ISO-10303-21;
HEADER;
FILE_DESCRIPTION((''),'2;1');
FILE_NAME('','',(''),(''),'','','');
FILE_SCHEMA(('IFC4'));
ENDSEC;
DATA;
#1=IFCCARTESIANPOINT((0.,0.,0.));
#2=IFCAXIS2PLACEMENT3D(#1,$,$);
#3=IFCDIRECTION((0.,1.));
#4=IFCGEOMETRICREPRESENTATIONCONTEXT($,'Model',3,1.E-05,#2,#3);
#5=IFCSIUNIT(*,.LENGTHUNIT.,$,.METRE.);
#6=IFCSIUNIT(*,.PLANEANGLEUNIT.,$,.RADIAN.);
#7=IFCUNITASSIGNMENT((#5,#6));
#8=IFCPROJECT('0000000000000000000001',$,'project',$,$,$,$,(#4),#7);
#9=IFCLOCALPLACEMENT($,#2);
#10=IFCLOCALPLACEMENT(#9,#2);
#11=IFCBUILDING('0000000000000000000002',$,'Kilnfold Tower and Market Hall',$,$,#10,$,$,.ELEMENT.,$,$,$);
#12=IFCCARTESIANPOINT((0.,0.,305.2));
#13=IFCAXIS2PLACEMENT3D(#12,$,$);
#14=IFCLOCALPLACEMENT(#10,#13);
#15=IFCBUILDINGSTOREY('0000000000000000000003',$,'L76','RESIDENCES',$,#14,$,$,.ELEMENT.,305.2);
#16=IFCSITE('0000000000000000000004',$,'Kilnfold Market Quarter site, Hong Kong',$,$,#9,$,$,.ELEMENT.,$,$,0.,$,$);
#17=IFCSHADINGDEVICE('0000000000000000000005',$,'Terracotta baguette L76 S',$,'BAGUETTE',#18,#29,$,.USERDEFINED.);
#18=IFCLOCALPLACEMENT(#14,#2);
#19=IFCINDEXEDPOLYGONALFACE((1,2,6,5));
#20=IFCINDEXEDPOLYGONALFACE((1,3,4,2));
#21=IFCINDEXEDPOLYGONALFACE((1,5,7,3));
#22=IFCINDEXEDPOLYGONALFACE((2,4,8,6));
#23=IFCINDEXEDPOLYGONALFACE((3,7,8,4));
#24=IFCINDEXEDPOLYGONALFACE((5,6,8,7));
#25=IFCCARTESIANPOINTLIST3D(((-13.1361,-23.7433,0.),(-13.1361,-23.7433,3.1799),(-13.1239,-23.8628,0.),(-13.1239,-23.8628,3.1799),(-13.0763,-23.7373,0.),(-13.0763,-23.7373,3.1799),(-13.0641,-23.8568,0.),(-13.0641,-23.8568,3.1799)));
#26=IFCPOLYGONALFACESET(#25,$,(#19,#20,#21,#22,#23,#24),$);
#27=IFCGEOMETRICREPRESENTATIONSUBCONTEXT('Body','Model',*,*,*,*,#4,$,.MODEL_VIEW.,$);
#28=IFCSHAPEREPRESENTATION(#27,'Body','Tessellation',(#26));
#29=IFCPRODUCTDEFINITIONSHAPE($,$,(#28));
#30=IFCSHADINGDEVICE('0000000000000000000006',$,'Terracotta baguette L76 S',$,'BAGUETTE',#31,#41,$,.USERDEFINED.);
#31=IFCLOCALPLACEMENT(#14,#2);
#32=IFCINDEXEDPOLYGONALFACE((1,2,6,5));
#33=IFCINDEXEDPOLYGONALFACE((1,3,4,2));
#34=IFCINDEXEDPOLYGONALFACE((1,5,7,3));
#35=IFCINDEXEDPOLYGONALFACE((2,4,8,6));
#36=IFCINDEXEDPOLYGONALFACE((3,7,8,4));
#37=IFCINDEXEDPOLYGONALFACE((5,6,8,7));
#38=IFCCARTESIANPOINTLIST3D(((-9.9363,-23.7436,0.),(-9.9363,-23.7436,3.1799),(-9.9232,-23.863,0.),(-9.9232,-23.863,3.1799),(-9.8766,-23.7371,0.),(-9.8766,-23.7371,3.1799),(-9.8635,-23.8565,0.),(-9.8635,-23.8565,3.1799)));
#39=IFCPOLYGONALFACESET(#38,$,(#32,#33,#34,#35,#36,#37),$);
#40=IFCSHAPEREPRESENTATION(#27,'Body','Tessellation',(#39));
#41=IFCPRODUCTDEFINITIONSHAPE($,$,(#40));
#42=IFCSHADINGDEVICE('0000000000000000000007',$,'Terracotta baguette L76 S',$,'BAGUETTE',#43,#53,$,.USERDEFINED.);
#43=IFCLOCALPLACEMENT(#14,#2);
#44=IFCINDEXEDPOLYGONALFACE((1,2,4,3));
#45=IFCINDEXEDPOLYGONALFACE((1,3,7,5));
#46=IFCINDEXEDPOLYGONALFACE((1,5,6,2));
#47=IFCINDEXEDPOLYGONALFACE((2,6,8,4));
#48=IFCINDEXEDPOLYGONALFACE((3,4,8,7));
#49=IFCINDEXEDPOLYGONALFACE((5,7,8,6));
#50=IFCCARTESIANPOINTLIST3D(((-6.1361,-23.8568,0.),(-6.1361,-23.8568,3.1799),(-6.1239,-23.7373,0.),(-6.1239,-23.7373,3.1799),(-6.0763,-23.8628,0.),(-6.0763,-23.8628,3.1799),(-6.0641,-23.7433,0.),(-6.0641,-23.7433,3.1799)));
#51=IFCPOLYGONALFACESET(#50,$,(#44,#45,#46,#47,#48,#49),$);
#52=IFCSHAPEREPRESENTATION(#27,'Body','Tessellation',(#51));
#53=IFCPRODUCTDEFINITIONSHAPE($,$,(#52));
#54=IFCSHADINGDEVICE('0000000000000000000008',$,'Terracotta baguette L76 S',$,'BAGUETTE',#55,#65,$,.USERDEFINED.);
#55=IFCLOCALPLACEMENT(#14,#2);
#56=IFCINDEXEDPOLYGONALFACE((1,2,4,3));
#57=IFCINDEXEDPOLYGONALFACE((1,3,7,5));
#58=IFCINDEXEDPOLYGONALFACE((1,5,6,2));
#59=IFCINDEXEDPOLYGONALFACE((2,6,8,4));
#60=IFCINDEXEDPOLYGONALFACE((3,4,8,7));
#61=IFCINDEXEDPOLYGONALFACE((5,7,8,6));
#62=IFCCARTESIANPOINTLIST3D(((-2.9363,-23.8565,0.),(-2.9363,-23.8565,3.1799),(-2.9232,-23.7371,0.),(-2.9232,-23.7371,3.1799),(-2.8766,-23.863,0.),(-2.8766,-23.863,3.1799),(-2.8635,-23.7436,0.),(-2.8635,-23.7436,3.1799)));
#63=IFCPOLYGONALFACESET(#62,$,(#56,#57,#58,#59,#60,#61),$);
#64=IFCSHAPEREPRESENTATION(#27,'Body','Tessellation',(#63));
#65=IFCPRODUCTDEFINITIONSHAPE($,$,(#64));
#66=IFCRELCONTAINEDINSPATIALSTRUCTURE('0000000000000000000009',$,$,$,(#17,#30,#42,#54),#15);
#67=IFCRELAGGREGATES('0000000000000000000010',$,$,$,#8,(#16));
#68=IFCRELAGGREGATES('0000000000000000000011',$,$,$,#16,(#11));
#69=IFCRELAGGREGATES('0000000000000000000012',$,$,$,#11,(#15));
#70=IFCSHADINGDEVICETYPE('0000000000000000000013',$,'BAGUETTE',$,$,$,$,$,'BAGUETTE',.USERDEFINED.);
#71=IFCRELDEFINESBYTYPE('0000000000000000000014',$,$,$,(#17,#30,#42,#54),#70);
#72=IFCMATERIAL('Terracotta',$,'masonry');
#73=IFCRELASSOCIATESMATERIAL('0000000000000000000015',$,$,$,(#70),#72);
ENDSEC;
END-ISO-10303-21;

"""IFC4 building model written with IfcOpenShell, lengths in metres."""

from ifc_helpers import new_model, si_unit, direction, frame, origin, origin_2d, place, context, subcontext, project, spatial, rectangle, extrude, source, transform, mapped, material, material_profile, profile_set, type_object, element, save


model = new_model("IFC4")

# Units and contexts
model_context = context("Model", 3, precision=1e-05, world=origin(), true_north=direction((0.0, 1.0)))
body_context = subcontext(model_context, "Body", "Model", "MODEL_VIEW")
ifc_project = project(units=[si_unit("LENGTHUNIT", "METRE"), si_unit("PLANEANGLEUNIT", "RADIAN")], contexts=[model_context])

# Site, building, storey
site_placement = place(None, origin())
site = spatial("IfcSite", under=ifc_project, at=site_placement, Name="Kilnfold Market Quarter site, Hong Kong", CompositionType="ELEMENT", RefElevation=0.0)
building_placement = place(site_placement, origin())
building = spatial("IfcBuilding", under=site, at=building_placement, Name="Kilnfold Tower and Market Hall", CompositionType="ELEMENT")
storey_placement = place(building_placement, frame((0.0, 0.0, 305.2)))
storey = spatial("IfcBuildingStorey", under=building, at=storey_placement, Name="L76", Description="RESIDENCES", CompositionType="ELEMENT", Elevation=305.2)

# Shading devices
ifc_material_1 = material(Name="Terracotta", Category="masonry")
ifc_material_profile_1 = material_profile(ifc_material_1, rectangle(XDim=0.0601, YDim=0.1201, at=origin_2d()), Name="BAG 60x120")
ifc_profile_set_1 = profile_set([ifc_material_profile_1], Name="Terracotta")
shading_device_type = type_object("IfcShadingDeviceType", Name="BAGUETTE", ElementType="BAGUETTE", PredefinedType="USERDEFINED", material=ifc_profile_set_1)
shared_shape_1 = source(origin(), body_context, "Body", "SweptSolid", [
    extrude(rectangle(XDim=0.0601, YDim=0.1201, at=origin_2d()), origin(), (0.0, 0.0, 1.0), 3.1799),
])
for number, where, z_axis, x_axis, name in (
    (1, (-13.1001, -23.8, 0.0), (0.0, 0.0, 1.0), (0.994842, 0.101437, 0.0), "Terracotta baguette L76 S"),
    (2, (-9.8999, -23.8, 0.0), (0.0, 0.0, 1.0), (0.994116, 0.108324, 0.0), "Terracotta baguette L76 S"),
    (3, (-6.1001, -23.8, 0.0), (0.0, 0.0, 1.0), (0.994842, -0.101437, 0.0), "Terracotta baguette L76 S"),
    (4, (-2.8999, -23.8, 0.0), (0.0, 0.0, 1.0), (0.994116, -0.108324, 0.0), "Terracotta baguette L76 S"),
):
    element("IfcShadingDevice", number, at=place(storey_placement, frame(where, z_axis=z_axis, x_axis=x_axis)), inside=storey, type_object=shading_device_type, Name=name, ObjectType="BAGUETTE", PredefinedType="USERDEFINED", context=body_context, shape_type="MappedRepresentation", body=[
        mapped(shared_shape_1, transform((0.0, 0.0, 0.0))),
    ])

save(model, "model.ifc")
